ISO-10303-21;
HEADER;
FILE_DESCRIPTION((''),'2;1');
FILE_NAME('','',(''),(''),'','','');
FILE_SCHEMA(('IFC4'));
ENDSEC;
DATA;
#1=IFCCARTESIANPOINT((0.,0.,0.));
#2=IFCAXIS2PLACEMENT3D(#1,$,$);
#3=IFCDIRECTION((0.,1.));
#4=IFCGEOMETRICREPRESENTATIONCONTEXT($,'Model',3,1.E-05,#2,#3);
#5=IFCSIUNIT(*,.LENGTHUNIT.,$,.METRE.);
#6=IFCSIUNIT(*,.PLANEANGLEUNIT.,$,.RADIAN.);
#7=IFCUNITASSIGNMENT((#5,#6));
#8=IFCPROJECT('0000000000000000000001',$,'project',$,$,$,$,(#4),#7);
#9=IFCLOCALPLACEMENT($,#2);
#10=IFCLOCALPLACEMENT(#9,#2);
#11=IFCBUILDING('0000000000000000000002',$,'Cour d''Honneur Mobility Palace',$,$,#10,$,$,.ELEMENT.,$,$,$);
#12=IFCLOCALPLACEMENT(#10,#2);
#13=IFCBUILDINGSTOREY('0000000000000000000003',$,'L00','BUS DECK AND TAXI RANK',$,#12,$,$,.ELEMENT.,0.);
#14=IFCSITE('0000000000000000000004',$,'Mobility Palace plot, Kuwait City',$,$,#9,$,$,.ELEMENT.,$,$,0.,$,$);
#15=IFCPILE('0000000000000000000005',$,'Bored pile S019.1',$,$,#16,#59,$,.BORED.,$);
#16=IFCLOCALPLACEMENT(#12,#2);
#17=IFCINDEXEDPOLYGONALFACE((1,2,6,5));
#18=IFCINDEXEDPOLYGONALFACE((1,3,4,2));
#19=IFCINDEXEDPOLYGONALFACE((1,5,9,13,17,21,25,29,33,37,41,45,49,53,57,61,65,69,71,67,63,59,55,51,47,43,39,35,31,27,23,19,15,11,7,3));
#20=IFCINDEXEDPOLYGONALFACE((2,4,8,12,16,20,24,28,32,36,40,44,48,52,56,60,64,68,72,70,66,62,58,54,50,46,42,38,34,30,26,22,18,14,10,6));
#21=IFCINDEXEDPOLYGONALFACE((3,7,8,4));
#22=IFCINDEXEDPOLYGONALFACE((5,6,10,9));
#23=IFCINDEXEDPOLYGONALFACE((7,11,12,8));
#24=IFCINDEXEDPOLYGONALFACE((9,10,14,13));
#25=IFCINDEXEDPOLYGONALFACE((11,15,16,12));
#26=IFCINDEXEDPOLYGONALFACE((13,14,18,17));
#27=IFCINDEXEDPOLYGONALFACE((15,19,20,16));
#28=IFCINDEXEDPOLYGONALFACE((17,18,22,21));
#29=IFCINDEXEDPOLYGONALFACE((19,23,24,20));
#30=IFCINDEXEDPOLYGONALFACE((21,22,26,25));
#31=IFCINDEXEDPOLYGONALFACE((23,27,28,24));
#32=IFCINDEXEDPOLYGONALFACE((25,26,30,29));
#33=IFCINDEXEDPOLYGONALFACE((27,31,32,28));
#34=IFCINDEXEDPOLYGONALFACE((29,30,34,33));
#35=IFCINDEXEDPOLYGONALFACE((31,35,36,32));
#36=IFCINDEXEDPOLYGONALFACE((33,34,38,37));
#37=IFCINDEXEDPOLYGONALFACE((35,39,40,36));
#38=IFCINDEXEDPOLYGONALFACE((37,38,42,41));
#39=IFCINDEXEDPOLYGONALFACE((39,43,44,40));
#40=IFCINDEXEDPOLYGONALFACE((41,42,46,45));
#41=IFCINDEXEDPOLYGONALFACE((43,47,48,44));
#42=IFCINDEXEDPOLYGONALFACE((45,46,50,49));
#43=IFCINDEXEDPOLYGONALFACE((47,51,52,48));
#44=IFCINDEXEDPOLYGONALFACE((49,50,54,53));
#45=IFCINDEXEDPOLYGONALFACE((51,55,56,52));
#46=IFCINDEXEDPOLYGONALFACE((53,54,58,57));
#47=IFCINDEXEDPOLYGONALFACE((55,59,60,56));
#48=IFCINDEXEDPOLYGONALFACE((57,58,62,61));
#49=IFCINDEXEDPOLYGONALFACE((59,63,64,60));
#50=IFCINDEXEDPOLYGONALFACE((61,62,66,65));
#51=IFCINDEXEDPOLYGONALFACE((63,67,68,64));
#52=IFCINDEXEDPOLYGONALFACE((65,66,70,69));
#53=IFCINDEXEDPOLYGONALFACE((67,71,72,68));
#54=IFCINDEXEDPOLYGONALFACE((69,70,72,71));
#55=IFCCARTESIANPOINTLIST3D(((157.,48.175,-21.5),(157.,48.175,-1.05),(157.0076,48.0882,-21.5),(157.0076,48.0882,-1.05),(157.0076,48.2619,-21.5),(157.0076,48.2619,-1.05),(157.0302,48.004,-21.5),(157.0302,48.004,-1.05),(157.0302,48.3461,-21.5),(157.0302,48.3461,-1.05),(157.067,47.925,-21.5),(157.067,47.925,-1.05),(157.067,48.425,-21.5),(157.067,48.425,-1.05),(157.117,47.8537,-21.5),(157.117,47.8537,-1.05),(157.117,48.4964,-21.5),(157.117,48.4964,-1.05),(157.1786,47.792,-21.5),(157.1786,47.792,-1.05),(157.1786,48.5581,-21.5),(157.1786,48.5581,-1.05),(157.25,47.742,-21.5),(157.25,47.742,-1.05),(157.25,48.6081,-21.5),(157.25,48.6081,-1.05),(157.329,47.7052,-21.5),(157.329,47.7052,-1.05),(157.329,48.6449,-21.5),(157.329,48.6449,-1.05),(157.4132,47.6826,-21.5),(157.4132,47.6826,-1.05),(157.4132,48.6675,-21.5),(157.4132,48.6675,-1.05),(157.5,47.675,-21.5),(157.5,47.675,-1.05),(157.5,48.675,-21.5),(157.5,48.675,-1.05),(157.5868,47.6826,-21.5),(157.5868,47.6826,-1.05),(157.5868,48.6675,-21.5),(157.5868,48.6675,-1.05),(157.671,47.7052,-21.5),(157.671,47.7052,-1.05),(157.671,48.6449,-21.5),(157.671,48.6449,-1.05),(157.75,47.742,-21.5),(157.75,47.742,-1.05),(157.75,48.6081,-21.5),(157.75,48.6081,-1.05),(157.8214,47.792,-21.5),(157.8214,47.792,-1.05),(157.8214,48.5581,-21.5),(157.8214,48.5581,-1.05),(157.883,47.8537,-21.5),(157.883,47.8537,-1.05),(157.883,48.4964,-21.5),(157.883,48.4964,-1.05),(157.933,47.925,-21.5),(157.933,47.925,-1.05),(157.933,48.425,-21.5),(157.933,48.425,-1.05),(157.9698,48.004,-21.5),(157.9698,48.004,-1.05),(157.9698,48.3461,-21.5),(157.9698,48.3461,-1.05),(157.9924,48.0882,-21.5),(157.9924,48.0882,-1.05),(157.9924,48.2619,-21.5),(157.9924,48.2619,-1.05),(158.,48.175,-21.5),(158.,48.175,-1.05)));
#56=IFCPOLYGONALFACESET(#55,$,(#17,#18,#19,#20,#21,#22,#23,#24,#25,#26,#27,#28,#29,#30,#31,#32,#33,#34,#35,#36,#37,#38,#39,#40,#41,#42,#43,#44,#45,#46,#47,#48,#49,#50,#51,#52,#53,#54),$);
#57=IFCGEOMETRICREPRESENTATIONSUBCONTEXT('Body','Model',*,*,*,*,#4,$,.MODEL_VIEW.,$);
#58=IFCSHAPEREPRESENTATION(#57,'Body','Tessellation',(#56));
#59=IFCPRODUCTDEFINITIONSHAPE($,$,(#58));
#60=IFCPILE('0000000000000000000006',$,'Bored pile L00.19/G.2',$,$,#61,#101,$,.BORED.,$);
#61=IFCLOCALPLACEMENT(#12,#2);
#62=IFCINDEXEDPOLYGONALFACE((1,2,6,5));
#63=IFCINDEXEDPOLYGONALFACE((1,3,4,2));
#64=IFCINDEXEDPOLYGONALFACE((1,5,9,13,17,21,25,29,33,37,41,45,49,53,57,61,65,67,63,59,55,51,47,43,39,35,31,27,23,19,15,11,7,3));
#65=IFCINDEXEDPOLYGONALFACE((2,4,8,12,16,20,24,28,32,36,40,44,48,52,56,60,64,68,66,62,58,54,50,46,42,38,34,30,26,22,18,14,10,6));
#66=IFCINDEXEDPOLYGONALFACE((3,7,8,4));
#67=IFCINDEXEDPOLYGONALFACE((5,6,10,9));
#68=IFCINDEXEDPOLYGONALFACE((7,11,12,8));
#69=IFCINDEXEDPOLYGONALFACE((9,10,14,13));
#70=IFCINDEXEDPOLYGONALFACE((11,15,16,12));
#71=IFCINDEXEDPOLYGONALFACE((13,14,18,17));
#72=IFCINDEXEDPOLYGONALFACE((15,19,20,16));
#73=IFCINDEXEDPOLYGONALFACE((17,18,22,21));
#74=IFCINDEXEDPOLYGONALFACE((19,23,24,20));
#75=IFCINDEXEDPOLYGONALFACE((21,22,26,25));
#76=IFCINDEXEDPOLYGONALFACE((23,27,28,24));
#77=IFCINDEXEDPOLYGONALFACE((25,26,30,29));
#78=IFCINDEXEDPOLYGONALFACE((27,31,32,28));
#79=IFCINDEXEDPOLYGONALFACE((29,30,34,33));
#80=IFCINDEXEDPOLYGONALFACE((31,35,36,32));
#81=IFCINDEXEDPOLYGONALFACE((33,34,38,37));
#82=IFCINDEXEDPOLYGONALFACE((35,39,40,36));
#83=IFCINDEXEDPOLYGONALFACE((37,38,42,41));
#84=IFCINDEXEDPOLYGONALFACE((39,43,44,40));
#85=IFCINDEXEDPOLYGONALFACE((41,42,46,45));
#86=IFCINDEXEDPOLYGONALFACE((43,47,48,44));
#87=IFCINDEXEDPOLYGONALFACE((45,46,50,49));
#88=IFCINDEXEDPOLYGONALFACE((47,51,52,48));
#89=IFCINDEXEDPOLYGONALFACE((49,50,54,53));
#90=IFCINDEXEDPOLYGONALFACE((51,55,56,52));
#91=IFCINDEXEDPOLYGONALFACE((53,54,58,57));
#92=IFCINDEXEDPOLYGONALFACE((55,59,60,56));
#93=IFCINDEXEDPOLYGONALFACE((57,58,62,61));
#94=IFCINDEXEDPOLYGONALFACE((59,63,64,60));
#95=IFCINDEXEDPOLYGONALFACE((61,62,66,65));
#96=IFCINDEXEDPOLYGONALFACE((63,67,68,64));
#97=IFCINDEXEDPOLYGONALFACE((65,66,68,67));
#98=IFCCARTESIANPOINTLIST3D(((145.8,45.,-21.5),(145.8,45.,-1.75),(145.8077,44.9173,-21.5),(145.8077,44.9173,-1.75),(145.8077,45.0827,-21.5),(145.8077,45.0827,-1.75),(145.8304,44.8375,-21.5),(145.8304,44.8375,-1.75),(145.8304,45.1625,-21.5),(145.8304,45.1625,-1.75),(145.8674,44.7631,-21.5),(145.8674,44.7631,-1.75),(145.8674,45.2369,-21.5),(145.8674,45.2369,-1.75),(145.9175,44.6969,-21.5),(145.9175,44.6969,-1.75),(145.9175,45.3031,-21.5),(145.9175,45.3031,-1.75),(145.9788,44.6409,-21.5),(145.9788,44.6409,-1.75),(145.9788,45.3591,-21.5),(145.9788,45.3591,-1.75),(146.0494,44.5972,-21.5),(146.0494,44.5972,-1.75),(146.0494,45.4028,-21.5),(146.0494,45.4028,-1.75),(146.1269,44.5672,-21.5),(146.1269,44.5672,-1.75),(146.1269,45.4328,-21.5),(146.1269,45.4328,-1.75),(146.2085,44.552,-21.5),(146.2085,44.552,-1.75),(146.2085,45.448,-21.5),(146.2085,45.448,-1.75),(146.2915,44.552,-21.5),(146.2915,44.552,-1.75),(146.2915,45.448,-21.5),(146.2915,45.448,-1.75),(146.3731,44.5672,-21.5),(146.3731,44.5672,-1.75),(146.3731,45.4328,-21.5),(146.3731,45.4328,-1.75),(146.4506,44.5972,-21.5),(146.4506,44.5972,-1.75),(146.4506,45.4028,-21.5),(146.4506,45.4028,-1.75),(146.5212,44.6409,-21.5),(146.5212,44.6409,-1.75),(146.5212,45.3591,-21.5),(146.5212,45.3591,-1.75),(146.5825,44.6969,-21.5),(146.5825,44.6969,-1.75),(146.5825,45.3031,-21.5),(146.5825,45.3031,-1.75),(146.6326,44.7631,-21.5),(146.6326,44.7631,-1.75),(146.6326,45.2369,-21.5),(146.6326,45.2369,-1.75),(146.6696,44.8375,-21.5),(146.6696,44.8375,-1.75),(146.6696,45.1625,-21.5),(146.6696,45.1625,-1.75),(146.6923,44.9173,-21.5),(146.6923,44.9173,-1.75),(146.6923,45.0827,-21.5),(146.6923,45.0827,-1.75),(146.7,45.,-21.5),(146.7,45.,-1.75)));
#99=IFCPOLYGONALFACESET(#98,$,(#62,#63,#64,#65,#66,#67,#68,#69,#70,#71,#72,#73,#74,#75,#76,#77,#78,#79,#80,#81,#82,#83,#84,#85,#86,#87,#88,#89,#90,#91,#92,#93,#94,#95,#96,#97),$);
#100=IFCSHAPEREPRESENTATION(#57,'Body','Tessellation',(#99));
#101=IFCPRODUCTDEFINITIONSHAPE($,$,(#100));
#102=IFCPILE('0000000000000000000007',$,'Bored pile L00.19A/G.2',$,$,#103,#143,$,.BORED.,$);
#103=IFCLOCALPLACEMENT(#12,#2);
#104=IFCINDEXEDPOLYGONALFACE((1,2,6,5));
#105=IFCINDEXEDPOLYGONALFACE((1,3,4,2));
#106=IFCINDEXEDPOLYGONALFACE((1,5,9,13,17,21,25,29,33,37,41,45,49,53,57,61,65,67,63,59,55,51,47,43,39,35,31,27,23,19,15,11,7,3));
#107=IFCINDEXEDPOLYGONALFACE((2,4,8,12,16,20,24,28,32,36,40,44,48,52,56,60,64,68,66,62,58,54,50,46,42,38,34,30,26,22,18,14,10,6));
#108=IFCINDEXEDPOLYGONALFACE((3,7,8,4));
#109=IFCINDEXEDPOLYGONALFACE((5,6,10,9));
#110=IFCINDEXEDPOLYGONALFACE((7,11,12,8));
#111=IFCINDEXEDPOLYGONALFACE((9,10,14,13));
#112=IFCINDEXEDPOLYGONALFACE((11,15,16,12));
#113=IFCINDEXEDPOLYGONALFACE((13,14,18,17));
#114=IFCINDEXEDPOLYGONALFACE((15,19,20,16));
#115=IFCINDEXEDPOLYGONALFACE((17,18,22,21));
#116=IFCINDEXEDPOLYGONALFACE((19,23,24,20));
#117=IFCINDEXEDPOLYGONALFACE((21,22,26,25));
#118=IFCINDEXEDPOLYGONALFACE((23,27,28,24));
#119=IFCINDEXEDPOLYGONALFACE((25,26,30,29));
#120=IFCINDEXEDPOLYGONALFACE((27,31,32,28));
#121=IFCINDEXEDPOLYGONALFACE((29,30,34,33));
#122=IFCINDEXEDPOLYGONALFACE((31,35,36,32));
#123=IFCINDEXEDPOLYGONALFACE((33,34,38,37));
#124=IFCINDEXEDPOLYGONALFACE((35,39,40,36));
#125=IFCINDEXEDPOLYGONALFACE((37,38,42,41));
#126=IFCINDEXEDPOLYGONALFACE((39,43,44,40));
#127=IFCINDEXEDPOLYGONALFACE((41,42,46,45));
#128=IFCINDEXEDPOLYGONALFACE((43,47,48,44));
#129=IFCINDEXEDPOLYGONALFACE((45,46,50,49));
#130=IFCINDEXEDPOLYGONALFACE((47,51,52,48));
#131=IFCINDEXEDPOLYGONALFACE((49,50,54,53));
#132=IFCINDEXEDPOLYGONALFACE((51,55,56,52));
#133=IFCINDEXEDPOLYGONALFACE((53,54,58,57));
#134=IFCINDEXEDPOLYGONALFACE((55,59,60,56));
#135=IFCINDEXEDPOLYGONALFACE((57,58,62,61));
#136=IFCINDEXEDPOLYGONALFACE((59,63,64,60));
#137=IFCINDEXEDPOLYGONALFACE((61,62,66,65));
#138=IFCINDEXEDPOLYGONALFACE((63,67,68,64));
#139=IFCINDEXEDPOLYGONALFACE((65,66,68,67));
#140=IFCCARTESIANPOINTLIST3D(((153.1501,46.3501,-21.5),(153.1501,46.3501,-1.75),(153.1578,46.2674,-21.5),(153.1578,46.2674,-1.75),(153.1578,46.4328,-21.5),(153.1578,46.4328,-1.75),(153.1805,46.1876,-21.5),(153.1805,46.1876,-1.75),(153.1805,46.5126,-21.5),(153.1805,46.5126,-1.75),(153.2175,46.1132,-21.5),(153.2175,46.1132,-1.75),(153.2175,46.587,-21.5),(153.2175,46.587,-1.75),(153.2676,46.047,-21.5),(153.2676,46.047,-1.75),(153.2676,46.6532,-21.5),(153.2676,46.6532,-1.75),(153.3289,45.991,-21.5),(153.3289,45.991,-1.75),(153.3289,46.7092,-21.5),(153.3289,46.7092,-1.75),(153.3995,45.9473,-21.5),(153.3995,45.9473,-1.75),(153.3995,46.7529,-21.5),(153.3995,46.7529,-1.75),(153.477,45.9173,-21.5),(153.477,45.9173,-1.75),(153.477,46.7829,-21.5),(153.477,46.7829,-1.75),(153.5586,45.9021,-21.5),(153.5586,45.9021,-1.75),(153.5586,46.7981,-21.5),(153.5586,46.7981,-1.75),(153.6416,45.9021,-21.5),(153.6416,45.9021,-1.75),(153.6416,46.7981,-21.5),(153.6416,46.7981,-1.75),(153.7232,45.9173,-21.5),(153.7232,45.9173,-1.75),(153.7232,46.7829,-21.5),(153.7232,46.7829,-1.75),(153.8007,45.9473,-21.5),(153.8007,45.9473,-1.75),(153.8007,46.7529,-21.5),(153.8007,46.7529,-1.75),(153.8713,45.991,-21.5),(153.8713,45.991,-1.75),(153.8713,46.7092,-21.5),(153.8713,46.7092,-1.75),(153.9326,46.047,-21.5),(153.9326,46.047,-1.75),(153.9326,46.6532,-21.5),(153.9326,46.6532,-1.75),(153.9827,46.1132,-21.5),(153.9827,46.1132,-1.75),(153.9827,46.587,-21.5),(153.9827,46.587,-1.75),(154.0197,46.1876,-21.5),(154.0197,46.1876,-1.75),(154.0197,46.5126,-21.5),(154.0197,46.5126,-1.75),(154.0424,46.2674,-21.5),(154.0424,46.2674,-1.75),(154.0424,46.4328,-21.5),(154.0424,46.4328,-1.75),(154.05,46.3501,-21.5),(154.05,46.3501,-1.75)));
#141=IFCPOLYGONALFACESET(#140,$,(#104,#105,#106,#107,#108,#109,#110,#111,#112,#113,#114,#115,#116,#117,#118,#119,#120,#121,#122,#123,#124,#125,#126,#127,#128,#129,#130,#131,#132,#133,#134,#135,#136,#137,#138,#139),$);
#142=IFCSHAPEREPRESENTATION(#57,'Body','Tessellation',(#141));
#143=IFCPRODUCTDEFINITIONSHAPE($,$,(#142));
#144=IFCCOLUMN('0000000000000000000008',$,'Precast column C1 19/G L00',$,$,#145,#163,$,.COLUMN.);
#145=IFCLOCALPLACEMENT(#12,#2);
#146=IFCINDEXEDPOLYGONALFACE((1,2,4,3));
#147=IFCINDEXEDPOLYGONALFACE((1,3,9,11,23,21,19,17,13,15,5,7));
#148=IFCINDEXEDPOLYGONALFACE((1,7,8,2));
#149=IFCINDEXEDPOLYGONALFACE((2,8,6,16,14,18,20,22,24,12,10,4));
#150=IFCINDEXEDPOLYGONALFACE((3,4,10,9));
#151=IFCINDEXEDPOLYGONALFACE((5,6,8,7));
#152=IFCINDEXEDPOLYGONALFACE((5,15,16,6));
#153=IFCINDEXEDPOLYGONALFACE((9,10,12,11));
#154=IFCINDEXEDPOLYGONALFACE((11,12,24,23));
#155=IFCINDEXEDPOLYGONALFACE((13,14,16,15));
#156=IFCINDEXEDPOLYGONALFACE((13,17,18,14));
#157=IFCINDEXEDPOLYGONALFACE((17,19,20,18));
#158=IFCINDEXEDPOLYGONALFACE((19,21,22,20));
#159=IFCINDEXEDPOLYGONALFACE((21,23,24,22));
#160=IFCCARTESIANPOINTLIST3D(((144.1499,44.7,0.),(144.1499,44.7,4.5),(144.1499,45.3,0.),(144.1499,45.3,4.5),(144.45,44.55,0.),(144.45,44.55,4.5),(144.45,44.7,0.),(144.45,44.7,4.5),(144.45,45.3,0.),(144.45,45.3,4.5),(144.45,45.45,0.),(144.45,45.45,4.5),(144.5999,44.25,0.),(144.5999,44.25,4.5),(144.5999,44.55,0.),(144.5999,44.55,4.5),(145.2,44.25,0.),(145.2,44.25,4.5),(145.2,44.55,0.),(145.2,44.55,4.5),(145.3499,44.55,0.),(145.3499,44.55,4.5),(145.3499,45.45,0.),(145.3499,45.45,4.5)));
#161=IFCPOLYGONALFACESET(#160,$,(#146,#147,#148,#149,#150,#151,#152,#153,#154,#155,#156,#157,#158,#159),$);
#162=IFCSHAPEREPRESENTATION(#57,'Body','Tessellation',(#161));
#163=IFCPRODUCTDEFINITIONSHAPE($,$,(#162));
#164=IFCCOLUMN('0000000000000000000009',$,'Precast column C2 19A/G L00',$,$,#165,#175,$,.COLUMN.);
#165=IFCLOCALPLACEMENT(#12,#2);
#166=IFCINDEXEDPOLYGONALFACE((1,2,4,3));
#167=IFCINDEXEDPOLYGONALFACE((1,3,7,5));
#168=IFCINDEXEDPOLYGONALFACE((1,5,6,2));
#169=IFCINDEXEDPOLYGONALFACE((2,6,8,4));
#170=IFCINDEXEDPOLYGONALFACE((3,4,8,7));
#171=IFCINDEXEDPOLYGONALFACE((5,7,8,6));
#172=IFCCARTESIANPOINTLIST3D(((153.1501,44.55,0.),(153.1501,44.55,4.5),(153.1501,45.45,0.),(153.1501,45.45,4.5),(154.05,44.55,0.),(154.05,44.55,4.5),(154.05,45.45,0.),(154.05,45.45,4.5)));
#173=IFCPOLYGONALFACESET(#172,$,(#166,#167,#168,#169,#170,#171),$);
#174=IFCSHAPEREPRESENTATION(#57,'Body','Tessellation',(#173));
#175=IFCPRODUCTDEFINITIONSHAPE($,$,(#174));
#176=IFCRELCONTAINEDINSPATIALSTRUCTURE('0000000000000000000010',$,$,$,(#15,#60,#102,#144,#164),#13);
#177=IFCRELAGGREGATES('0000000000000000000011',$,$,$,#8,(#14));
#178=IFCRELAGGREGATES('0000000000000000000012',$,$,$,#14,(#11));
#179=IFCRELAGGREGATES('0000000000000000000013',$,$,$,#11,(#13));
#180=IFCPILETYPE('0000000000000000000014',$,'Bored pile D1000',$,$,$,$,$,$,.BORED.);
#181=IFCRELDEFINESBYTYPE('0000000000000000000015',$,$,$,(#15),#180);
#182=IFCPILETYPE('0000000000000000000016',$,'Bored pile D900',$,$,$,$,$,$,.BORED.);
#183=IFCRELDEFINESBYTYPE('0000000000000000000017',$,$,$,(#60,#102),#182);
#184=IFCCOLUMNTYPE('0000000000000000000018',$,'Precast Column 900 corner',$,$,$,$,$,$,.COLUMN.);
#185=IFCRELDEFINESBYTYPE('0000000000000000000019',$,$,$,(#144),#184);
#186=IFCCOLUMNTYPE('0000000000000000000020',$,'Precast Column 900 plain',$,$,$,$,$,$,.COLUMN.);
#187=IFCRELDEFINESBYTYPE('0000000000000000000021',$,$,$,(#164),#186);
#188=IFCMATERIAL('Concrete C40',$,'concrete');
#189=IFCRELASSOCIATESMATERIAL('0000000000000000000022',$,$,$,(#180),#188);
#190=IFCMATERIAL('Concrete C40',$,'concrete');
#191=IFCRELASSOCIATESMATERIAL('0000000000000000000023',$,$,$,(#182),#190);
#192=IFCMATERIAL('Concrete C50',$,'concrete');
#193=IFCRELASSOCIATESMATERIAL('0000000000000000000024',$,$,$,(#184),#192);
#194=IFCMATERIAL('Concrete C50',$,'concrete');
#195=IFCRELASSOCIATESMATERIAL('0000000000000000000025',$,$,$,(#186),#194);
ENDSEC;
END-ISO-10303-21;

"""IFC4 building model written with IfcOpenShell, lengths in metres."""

from ifc_helpers import new_model, si_unit, direction, frame, origin, origin_2d, place, context, subcontext, project, spatial, polyline, circle, outline, extrude, material, material_profile, profile_set, type_object, element, save


model = new_model("IFC4")

# Units and contexts
model_context = context("Model", 3, precision=1e-05, world=origin(), true_north=direction((0.0, 1.0)))
body_context = subcontext(model_context, "Body", "Model", "MODEL_VIEW")
ifc_project = project(units=[si_unit("LENGTHUNIT", "METRE"), si_unit("PLANEANGLEUNIT", "RADIAN")], contexts=[model_context])

# Site, building, storey
site_placement = place(None, origin())
site = spatial("IfcSite", under=ifc_project, at=site_placement, Name="Mobility Palace plot, Kuwait City", CompositionType="ELEMENT", RefElevation=0.0)
building_placement = place(site_placement, origin())
building = spatial("IfcBuilding", under=site, at=building_placement, Name="Cour d'Honneur Mobility Palace", CompositionType="ELEMENT")
storey_placement = place(building_placement, origin())
storey = spatial("IfcBuildingStorey", under=building, at=storey_placement, Name="L00", Description="BUS DECK AND TAXI RANK", CompositionType="ELEMENT", Elevation=0.0)

# Piles
ifc_material_1 = material(Name="Concrete C40", Category="concrete")
ifc_material_profile_1 = material_profile(ifc_material_1, circle(Radius=0.5, at=origin_2d()), Name="Bored pile D1000")
ifc_profile_set_1 = profile_set([ifc_material_profile_1], Name="Concrete C40")
pile_type_1 = type_object("IfcPileType", Name="Bored pile D1000", PredefinedType="BORED", material=ifc_profile_set_1)
pile_placement = place(storey_placement, frame((157.5, 48.175, -1.05), z_axis=(0.0, 0.0, -1.0), x_axis=(1.0, 0.0, 0.0)))
element("IfcPile", 1, at=pile_placement, inside=storey, type_object=pile_type_1, Name="Bored pile S019.1", PredefinedType="BORED", context=body_context, shape_type="SweptSolid", body=[
    extrude(circle(Radius=0.5, at=origin_2d()), origin(), (0.0, 0.0, 1.0), 20.45),
])
ifc_material_2 = material(Name="Concrete C40", Category="concrete")
ifc_material_profile_2 = material_profile(ifc_material_2, circle(Radius=0.45, at=origin_2d()), Name="Bored pile D900")
ifc_profile_set_2 = profile_set([ifc_material_profile_2], Name="Concrete C40")
pile_type_2 = type_object("IfcPileType", Name="Bored pile D900", PredefinedType="BORED", material=ifc_profile_set_2)
for number, where, z_axis, x_axis, name in (
    (2, (146.25, 45.0, -1.75), (0.0, 0.0, -1.0), (1.0, 0.0, 0.0), "Bored pile L00.19/G.2"),
    (3, (153.6001, 46.3501, -1.75), (0.0, 0.0, -1.0), (1.0, 0.0, 0.0), "Bored pile L00.19A/G.2"),
):
    element("IfcPile", number, at=place(storey_placement, frame(where, z_axis=z_axis, x_axis=x_axis)), inside=storey, type_object=pile_type_2, Name=name, PredefinedType="BORED", context=body_context, shape_type="SweptSolid", body=[
        extrude(circle(Radius=0.45, at=origin_2d()), origin(), (0.0, 0.0, 1.0), 19.75),
    ])

# Columns
ifc_material_3 = material(Name="Concrete C50", Category="concrete")
ifc_material_profile_3 = material_profile(ifc_material_3, outline(polyline([(-0.45, -0.45), (0.45, -0.45), (0.45, -0.3), (0.75, -0.3), (0.75, 0.3), (0.45, 0.3), (0.45, 0.45), (0.3, 0.45), (0.3, 0.75), (-0.3, 0.75), (-0.3, 0.45), (-0.45, 0.45), (-0.45, -0.45)])), Name="PC C900 corner")
ifc_profile_set_3 = profile_set([ifc_material_profile_3], Name="Concrete C50")
column_type_1 = type_object("IfcColumnType", Name="Precast Column 900 corner", PredefinedType="COLUMN", material=ifc_profile_set_3)
column_1_placement = place(storey_placement, frame((144.8999, 45.0, 0.0), z_axis=(0.0, 0.0, 1.0), x_axis=(-1.0, 0.0, 0.0)))
element("IfcColumn", 4, at=column_1_placement, inside=storey, type_object=column_type_1, Name="Precast column C1 19/G L00", PredefinedType="COLUMN", context=body_context, shape_type="SweptSolid", body=[
    extrude(outline(polyline([(-0.45, -0.45), (0.45, -0.45), (0.45, -0.3), (0.75, -0.3), (0.75, 0.3), (0.45, 0.3), (0.45, 0.45), (0.3, 0.45), (0.3, 0.75), (-0.3, 0.75), (-0.3, 0.45), (-0.45, 0.45), (-0.45, -0.45)])), origin(), (0.0, 0.0, 1.0), 4.5),
])
ifc_material_4 = material(Name="Concrete C50", Category="concrete")
ifc_material_profile_4 = material_profile(ifc_material_4, outline(polyline([(-0.45, -0.45), (0.45, -0.45), (0.45, 0.45), (-0.45, 0.45), (-0.45, -0.45)])), Name="PC C900 plain")
ifc_profile_set_4 = profile_set([ifc_material_profile_4], Name="Concrete C50")
column_type_2 = type_object("IfcColumnType", Name="Precast Column 900 plain", PredefinedType="COLUMN", material=ifc_profile_set_4)
column_2_placement = place(storey_placement, frame((153.6001, 45.0, 0.0), z_axis=(0.0, 0.0, 1.0), x_axis=(1.0, 0.0, 0.0)))
element("IfcColumn", 5, at=column_2_placement, inside=storey, type_object=column_type_2, Name="Precast column C2 19A/G L00", PredefinedType="COLUMN", context=body_context, shape_type="SweptSolid", body=[
    extrude(outline(polyline([(-0.45, -0.45), (0.45, -0.45), (0.45, 0.45), (-0.45, 0.45), (-0.45, -0.45)])), origin(), (0.0, 0.0, 1.0), 4.5),
])

save(model, "model.ifc")
